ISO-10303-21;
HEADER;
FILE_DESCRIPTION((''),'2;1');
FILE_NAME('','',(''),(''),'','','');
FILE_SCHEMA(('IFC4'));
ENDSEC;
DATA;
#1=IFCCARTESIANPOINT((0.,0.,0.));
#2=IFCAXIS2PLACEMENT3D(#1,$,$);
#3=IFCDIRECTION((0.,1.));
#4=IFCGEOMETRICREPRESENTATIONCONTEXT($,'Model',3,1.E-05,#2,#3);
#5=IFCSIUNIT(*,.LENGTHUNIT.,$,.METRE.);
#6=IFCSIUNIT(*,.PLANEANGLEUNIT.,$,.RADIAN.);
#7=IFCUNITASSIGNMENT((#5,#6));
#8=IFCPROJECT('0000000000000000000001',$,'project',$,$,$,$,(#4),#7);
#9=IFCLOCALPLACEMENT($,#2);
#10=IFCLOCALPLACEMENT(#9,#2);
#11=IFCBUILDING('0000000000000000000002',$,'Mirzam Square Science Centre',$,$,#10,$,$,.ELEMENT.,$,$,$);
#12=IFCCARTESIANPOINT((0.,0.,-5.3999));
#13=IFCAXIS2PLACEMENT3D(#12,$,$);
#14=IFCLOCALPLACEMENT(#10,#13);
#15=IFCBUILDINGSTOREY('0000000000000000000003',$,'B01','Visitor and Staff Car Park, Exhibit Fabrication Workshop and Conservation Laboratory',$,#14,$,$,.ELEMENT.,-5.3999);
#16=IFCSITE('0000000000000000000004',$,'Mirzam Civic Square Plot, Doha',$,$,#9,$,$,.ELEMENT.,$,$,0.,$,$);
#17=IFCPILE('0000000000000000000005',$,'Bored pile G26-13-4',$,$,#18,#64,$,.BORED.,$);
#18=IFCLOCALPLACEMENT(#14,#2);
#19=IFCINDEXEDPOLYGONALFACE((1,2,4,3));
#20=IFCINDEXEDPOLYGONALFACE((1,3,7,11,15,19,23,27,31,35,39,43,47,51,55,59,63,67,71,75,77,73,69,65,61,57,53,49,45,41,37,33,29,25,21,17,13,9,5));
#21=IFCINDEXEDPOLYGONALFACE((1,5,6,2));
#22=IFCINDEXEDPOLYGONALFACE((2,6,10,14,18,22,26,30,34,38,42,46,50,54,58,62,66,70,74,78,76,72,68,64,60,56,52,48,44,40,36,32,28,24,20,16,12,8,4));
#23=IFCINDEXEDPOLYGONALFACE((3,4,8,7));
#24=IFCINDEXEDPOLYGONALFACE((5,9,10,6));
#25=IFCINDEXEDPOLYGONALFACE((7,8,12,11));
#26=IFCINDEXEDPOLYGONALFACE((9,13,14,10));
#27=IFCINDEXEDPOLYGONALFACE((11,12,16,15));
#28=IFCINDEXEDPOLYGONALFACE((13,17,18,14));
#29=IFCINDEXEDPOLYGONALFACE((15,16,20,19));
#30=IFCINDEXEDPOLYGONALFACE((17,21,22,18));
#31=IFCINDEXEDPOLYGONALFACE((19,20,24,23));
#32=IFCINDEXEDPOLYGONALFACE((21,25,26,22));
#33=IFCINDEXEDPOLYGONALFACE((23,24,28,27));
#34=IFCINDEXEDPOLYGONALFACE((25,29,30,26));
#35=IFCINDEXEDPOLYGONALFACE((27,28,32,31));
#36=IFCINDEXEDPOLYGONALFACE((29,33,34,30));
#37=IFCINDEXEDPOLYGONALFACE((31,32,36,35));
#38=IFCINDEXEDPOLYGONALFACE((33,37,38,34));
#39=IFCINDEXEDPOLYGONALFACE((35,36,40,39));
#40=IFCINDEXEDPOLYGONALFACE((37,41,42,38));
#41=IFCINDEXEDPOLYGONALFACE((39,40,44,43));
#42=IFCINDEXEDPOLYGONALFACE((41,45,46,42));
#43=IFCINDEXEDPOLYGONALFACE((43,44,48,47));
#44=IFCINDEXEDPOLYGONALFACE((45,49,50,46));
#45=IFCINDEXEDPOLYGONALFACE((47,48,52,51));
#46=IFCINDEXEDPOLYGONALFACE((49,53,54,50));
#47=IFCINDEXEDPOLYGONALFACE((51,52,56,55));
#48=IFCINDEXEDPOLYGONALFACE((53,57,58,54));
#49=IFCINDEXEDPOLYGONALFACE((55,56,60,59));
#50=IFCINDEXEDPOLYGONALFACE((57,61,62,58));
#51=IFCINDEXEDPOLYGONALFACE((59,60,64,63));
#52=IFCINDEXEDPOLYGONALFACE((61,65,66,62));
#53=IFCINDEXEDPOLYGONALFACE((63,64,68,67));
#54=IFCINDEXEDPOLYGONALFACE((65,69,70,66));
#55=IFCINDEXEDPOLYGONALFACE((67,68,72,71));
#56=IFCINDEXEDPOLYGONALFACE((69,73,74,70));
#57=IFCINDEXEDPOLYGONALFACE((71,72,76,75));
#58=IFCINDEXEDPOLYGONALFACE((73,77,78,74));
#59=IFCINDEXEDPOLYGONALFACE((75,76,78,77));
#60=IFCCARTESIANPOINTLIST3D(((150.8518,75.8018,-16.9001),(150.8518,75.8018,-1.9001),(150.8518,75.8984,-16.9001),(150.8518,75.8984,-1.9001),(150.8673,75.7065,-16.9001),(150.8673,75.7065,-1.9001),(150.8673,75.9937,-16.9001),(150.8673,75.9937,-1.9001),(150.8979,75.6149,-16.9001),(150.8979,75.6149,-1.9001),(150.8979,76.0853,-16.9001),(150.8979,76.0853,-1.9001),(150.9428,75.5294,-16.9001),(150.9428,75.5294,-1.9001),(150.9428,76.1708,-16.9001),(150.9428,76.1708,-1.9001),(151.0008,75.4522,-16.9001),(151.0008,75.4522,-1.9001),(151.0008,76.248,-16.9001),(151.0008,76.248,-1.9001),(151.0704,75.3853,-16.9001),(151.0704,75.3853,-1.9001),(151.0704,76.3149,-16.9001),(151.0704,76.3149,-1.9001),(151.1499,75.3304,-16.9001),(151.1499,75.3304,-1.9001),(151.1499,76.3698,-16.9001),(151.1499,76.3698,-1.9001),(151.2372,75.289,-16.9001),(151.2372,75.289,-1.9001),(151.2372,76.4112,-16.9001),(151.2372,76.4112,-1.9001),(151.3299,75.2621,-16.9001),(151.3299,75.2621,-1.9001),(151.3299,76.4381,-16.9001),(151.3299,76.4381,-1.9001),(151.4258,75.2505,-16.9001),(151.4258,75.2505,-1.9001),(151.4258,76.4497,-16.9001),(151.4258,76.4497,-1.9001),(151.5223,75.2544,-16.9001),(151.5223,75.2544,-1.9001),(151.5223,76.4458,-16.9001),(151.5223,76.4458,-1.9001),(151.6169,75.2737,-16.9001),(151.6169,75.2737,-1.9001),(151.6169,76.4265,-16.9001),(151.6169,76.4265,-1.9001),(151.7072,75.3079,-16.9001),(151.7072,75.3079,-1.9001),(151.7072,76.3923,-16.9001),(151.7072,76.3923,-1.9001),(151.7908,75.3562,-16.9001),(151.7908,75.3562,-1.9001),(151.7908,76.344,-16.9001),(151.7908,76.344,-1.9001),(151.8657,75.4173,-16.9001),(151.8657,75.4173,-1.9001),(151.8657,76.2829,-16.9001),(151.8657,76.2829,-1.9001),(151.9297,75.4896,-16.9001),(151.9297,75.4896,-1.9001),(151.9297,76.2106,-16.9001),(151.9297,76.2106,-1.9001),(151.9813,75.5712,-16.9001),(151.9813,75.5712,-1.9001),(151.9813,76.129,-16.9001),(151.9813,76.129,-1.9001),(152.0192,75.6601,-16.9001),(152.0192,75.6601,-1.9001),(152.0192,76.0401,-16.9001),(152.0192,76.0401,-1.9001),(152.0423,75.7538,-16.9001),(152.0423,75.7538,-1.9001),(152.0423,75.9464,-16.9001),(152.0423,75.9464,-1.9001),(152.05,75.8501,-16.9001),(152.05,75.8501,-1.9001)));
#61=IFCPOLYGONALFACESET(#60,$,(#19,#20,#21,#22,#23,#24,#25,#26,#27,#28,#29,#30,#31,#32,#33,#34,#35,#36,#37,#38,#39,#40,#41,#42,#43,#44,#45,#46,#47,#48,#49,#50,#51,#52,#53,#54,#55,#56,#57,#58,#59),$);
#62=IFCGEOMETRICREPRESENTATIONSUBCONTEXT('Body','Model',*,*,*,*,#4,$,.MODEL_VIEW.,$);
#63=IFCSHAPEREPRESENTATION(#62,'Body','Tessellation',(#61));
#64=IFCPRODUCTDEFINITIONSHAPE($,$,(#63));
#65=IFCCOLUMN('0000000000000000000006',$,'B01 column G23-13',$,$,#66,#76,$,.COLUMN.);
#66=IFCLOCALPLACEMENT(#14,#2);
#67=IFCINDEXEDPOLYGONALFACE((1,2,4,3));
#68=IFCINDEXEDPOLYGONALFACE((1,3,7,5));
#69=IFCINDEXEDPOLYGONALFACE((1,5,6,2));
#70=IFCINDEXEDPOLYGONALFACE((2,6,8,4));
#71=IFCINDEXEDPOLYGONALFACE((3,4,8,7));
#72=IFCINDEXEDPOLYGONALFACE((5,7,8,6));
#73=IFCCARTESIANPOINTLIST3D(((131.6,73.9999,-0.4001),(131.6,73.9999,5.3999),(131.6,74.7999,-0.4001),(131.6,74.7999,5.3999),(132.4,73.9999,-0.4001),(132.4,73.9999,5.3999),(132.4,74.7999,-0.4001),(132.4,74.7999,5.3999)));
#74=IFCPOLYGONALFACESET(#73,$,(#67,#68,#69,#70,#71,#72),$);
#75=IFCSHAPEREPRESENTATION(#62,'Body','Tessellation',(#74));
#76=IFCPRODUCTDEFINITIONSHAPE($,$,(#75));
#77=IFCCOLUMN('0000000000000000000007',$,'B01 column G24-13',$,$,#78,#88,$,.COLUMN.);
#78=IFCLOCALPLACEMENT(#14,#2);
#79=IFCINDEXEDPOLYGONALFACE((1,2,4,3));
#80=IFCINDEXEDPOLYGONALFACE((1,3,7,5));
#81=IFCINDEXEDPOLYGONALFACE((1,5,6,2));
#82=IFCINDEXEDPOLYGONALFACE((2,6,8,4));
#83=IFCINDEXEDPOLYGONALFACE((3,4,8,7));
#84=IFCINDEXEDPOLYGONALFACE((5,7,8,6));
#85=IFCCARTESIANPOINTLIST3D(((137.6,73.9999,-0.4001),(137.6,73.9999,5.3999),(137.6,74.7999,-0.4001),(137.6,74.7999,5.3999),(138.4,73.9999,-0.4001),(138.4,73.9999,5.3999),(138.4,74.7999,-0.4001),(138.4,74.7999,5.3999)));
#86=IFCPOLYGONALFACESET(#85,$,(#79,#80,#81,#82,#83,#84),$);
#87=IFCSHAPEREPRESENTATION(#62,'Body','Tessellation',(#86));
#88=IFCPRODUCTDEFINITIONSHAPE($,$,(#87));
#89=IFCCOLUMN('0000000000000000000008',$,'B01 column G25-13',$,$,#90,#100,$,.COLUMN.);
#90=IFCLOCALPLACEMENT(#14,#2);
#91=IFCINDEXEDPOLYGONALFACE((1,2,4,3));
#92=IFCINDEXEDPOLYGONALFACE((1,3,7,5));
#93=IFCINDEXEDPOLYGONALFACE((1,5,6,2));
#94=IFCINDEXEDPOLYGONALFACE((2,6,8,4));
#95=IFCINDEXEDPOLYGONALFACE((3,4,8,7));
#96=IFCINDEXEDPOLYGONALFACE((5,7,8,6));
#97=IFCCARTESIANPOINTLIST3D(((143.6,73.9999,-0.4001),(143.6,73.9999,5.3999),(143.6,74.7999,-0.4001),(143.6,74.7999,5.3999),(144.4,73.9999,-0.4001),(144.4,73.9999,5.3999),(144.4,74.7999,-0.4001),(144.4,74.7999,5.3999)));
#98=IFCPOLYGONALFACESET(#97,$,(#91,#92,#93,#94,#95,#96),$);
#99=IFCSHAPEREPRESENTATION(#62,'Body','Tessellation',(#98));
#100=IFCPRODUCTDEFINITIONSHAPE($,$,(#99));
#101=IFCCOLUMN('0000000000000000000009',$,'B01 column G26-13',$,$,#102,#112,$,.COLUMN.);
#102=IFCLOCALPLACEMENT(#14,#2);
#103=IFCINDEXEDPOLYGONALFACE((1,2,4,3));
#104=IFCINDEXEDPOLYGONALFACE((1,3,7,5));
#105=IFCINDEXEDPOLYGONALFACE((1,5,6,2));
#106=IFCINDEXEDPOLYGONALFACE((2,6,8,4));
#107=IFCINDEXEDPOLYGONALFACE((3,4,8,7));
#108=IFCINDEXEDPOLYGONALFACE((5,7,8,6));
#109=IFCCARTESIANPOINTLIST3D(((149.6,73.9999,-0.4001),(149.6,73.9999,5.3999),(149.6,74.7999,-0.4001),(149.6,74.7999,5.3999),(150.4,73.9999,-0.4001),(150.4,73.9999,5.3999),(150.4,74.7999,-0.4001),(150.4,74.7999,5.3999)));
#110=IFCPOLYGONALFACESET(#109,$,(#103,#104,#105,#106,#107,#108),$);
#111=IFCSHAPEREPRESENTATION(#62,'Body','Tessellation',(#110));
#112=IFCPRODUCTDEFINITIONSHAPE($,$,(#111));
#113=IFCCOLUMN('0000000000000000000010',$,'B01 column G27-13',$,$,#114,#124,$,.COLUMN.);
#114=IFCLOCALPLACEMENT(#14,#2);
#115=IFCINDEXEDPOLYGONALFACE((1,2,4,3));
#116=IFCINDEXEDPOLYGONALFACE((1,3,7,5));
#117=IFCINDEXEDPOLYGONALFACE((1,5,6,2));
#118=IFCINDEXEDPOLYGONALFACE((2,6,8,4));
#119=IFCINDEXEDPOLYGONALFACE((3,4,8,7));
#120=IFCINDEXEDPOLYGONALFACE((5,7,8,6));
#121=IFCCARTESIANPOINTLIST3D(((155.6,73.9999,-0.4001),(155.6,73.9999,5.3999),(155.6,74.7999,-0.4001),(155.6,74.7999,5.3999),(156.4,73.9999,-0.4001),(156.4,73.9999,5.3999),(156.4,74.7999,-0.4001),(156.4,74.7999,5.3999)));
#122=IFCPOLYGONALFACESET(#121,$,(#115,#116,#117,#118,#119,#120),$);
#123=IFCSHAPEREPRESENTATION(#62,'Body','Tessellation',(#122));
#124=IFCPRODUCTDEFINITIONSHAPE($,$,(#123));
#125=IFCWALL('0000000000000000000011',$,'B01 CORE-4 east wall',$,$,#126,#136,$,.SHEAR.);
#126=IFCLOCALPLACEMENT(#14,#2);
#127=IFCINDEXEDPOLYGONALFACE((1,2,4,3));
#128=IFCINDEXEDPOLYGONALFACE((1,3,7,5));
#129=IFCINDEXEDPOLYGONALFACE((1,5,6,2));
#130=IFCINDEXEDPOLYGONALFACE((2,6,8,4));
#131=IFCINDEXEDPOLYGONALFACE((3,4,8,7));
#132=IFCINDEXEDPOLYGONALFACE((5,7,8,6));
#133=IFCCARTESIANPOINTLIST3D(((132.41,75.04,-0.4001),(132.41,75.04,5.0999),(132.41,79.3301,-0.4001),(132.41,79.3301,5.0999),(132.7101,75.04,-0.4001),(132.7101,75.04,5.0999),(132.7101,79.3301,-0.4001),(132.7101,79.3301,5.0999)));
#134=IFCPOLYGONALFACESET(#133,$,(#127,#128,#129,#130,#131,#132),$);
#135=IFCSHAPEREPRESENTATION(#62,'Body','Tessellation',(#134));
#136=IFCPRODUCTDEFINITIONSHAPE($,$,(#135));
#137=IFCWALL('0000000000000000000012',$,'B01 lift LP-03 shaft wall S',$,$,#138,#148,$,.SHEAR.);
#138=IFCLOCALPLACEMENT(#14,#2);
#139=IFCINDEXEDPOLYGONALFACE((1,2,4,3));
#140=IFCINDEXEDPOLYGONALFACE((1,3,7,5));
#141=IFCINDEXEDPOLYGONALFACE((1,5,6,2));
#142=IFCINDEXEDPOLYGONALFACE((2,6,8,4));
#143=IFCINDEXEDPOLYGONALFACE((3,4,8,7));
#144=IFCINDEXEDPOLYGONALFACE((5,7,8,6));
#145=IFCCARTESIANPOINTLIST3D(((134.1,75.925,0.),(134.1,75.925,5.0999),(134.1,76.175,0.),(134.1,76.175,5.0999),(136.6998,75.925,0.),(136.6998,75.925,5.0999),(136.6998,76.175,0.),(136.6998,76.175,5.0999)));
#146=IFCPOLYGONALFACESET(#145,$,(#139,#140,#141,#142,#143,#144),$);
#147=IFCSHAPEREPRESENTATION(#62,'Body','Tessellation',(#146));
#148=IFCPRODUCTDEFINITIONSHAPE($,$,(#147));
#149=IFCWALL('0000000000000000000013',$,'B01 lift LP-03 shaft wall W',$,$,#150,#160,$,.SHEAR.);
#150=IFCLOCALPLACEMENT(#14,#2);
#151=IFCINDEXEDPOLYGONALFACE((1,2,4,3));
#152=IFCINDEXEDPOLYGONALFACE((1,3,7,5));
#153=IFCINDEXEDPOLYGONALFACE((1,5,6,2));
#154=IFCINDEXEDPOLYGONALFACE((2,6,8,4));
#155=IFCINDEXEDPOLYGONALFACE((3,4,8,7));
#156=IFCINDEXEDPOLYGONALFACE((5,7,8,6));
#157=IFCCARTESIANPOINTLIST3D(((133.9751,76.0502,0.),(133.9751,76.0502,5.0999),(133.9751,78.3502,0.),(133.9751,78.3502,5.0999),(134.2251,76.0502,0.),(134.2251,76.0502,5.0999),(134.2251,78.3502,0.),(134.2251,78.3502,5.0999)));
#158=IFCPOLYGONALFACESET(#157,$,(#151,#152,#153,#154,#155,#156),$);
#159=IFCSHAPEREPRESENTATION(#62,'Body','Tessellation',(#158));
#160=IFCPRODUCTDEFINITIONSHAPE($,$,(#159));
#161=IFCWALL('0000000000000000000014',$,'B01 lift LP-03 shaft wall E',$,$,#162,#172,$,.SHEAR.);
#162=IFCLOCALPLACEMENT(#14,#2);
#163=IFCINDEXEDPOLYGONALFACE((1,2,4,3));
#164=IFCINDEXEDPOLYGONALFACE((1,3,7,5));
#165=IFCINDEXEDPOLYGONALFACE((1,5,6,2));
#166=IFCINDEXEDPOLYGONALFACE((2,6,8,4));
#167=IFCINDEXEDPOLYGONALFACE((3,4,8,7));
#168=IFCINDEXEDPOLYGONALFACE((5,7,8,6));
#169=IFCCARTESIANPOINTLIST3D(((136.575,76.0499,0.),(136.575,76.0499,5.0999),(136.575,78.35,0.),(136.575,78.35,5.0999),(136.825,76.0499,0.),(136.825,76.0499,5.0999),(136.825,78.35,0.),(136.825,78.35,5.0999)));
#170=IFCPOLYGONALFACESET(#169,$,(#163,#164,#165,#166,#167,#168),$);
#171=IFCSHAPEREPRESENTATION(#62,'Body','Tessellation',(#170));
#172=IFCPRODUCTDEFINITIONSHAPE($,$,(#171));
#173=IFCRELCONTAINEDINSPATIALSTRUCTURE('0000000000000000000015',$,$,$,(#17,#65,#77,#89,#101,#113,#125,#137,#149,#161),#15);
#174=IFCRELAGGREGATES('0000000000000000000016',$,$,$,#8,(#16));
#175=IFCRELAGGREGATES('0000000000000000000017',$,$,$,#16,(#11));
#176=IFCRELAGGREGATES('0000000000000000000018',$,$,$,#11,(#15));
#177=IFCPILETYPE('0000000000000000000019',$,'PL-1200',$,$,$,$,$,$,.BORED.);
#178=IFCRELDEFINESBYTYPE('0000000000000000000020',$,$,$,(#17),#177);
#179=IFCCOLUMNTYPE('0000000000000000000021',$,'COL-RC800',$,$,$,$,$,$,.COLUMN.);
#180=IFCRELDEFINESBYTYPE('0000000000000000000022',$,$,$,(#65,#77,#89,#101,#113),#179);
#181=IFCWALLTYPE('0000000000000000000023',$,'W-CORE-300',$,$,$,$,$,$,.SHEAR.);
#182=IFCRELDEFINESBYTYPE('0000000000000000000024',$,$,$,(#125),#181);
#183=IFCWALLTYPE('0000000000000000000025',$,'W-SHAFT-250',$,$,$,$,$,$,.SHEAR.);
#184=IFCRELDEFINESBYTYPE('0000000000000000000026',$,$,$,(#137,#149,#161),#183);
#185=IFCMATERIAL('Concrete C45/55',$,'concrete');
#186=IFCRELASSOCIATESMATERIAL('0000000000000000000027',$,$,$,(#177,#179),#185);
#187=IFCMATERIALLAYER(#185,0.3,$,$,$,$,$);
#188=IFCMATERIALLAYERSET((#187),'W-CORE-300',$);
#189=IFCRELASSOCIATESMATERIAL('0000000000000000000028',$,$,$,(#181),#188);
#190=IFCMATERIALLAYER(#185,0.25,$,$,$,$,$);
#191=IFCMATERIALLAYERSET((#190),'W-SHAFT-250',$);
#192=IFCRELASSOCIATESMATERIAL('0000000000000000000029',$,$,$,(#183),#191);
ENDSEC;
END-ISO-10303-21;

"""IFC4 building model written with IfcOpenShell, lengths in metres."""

from ifc_helpers import new_model, si_unit, direction, frame, frame_2d, origin, origin_2d, place, context, subcontext, project, spatial, rectangle, circle, extrude, material, layer, layer_set, material_profile, profile_set, type_object, element, save


model = new_model("IFC4")

# Units and contexts
model_context = context("Model", 3, precision=1e-05, world=origin(), true_north=direction((0.0, 1.0)))
body_context = subcontext(model_context, "Body", "Model", "MODEL_VIEW")
ifc_project = project(units=[si_unit("LENGTHUNIT", "METRE"), si_unit("PLANEANGLEUNIT", "RADIAN")], contexts=[model_context])

# Site, building, storey
site_placement = place(None, origin())
site = spatial("IfcSite", under=ifc_project, at=site_placement, Name="Mirzam Civic Square Plot, Doha", CompositionType="ELEMENT", RefElevation=0.0)
building_placement = place(site_placement, origin())
building = spatial("IfcBuilding", under=site, at=building_placement, Name="Mirzam Square Science Centre", CompositionType="ELEMENT")
storey_placement = place(building_placement, frame((0.0, 0.0, -5.3999)))
storey = spatial("IfcBuildingStorey", under=building, at=storey_placement, Name="B01", Description="Visitor and Staff Car Park, Exhibit Fabrication Workshop and Conservation Laboratory", CompositionType="ELEMENT", Elevation=-5.3999)

# Shared definitions
ifc_material_1 = material(Name="Concrete C45/55", Category="concrete")

# Pile
ifc_material_profile_1 = material_profile(ifc_material_1, circle(Radius=0.6001, at=origin_2d()), Name="PILE-D1200")
ifc_profile_set_1 = profile_set([ifc_material_profile_1], Name="Concrete C45/55")
pile_type_1 = type_object("IfcPileType", Name="PL-1200", PredefinedType="BORED", material=ifc_profile_set_1)
for number, where, z_axis, x_axis, name in (
    (1, (151.45, 75.8501, -1.9001), (0.0, 0.0, -1.0), (1.0, 0.0, 0.0), "Bored pile G26-13-4"),
):
    element("IfcPile", number, at=place(storey_placement, frame(where, z_axis=z_axis, x_axis=x_axis)), inside=storey, type_object=pile_type_1, Name=name, PredefinedType="BORED", context=body_context, shape_type="SweptSolid", body=[
        extrude(circle(Radius=0.6001, at=origin_2d()), origin(), (0.0, 0.0, 1.0), 15.0),
    ])

# Columns
ifc_material_profile_2 = material_profile(ifc_material_1, rectangle(XDim=0.8, YDim=0.8, at=origin_2d()), Name="RC800x800")
ifc_profile_set_2 = profile_set([ifc_material_profile_2], Name="Concrete C45/55")
column_type = type_object("IfcColumnType", Name="COL-RC800", PredefinedType="COLUMN", material=ifc_profile_set_2)
for number, where, z_axis, x_axis, name in (
    (2, (132.0, 74.3999, -0.4001), (0.0, 0.0, 1.0), (1.0, 0.0, 0.0), "B01 column G23-13"),
    (3, (138.0, 74.3999, -0.4001), (0.0, 0.0, 1.0), (1.0, 0.0, 0.0), "B01 column G24-13"),
    (4, (144.0, 74.3999, -0.4001), (0.0, 0.0, 1.0), (1.0, 0.0, 0.0), "B01 column G25-13"),
    (5, (150.0, 74.3999, -0.4001), (0.0, 0.0, 1.0), (1.0, 0.0, 0.0), "B01 column G26-13"),
    (6, (156.0, 74.3999, -0.4001), (0.0, 0.0, 1.0), (1.0, 0.0, 0.0), "B01 column G27-13"),
):
    element("IfcColumn", number, at=place(storey_placement, frame(where, z_axis=z_axis, x_axis=x_axis)), inside=storey, type_object=column_type, Name=name, PredefinedType="COLUMN", context=body_context, shape_type="SweptSolid", body=[
        extrude(rectangle(XDim=0.8, YDim=0.8, at=origin_2d()), origin(), (0.0, 0.0, 1.0), 5.8),
    ])

# Walls
ifc_layer_1 = layer(ifc_material_1, 0.3)
ifc_layer_set_1 = layer_set([ifc_layer_1], Name="W-CORE-300")
wall_type_1 = type_object("IfcWallType", Name="W-CORE-300", PredefinedType="SHEAR", material=ifc_layer_set_1)
wall_1_placement = place(storey_placement, frame((132.5601, 75.04, -0.4001), z_axis=(0.0, 0.0, 1.0), x_axis=(0.0, 1.0, 0.0)))
element("IfcWall", 7, at=wall_1_placement, inside=storey, type_object=wall_type_1, Name="B01 CORE-4 east wall", PredefinedType="SHEAR", context=body_context, shape_type="SweptSolid", body=[
    extrude(rectangle(XDim=4.29, YDim=0.3, at=frame_2d((2.145, 0.0))), origin(), (0.0, 0.0, 1.0), 5.5),
])
ifc_layer_2 = layer(ifc_material_1, 0.25)
ifc_layer_set_2 = layer_set([ifc_layer_2], Name="W-SHAFT-250")
wall_type_2 = type_object("IfcWallType", Name="W-SHAFT-250", PredefinedType="SHEAR", material=ifc_layer_set_2)
wall_2_placement = place(storey_placement, frame((134.1001, 76.05, 0.0), z_axis=(0.0, 0.0, 1.0), x_axis=(1.0, 0.0, 0.0)))
element("IfcWall", 8, at=wall_2_placement, inside=storey, type_object=wall_type_2, Name="B01 lift LP-03 shaft wall S", PredefinedType="SHEAR", context=body_context, shape_type="SweptSolid", body=[
    extrude(rectangle(XDim=2.5999, YDim=0.25, at=frame_2d((1.2998, 0.0))), origin(), (0.0, 0.0, 1.0), 5.0999),
])

# Walls
for number, where, z_axis, x_axis, name in (
    (9, (134.1001, 78.3501, 0.0), (0.0, 0.0, 1.0), (0.0, -1.0, 0.0), "B01 lift LP-03 shaft wall W"),
    (10, (136.7, 76.05, 0.0), (0.0, 0.0, 1.0), (0.0, 1.0, 0.0), "B01 lift LP-03 shaft wall E"),
):
    element("IfcWall", number, at=place(storey_placement, frame(where, z_axis=z_axis, x_axis=x_axis)), inside=storey, type_object=wall_type_2, Name=name, PredefinedType="SHEAR", context=body_context, shape_type="SweptSolid", body=[
        extrude(rectangle(XDim=2.3, YDim=0.25, at=frame_2d((1.1499, 0.0))), origin(), (0.0, 0.0, 1.0), 5.0999),
    ])

save(model, "model.ifc")
